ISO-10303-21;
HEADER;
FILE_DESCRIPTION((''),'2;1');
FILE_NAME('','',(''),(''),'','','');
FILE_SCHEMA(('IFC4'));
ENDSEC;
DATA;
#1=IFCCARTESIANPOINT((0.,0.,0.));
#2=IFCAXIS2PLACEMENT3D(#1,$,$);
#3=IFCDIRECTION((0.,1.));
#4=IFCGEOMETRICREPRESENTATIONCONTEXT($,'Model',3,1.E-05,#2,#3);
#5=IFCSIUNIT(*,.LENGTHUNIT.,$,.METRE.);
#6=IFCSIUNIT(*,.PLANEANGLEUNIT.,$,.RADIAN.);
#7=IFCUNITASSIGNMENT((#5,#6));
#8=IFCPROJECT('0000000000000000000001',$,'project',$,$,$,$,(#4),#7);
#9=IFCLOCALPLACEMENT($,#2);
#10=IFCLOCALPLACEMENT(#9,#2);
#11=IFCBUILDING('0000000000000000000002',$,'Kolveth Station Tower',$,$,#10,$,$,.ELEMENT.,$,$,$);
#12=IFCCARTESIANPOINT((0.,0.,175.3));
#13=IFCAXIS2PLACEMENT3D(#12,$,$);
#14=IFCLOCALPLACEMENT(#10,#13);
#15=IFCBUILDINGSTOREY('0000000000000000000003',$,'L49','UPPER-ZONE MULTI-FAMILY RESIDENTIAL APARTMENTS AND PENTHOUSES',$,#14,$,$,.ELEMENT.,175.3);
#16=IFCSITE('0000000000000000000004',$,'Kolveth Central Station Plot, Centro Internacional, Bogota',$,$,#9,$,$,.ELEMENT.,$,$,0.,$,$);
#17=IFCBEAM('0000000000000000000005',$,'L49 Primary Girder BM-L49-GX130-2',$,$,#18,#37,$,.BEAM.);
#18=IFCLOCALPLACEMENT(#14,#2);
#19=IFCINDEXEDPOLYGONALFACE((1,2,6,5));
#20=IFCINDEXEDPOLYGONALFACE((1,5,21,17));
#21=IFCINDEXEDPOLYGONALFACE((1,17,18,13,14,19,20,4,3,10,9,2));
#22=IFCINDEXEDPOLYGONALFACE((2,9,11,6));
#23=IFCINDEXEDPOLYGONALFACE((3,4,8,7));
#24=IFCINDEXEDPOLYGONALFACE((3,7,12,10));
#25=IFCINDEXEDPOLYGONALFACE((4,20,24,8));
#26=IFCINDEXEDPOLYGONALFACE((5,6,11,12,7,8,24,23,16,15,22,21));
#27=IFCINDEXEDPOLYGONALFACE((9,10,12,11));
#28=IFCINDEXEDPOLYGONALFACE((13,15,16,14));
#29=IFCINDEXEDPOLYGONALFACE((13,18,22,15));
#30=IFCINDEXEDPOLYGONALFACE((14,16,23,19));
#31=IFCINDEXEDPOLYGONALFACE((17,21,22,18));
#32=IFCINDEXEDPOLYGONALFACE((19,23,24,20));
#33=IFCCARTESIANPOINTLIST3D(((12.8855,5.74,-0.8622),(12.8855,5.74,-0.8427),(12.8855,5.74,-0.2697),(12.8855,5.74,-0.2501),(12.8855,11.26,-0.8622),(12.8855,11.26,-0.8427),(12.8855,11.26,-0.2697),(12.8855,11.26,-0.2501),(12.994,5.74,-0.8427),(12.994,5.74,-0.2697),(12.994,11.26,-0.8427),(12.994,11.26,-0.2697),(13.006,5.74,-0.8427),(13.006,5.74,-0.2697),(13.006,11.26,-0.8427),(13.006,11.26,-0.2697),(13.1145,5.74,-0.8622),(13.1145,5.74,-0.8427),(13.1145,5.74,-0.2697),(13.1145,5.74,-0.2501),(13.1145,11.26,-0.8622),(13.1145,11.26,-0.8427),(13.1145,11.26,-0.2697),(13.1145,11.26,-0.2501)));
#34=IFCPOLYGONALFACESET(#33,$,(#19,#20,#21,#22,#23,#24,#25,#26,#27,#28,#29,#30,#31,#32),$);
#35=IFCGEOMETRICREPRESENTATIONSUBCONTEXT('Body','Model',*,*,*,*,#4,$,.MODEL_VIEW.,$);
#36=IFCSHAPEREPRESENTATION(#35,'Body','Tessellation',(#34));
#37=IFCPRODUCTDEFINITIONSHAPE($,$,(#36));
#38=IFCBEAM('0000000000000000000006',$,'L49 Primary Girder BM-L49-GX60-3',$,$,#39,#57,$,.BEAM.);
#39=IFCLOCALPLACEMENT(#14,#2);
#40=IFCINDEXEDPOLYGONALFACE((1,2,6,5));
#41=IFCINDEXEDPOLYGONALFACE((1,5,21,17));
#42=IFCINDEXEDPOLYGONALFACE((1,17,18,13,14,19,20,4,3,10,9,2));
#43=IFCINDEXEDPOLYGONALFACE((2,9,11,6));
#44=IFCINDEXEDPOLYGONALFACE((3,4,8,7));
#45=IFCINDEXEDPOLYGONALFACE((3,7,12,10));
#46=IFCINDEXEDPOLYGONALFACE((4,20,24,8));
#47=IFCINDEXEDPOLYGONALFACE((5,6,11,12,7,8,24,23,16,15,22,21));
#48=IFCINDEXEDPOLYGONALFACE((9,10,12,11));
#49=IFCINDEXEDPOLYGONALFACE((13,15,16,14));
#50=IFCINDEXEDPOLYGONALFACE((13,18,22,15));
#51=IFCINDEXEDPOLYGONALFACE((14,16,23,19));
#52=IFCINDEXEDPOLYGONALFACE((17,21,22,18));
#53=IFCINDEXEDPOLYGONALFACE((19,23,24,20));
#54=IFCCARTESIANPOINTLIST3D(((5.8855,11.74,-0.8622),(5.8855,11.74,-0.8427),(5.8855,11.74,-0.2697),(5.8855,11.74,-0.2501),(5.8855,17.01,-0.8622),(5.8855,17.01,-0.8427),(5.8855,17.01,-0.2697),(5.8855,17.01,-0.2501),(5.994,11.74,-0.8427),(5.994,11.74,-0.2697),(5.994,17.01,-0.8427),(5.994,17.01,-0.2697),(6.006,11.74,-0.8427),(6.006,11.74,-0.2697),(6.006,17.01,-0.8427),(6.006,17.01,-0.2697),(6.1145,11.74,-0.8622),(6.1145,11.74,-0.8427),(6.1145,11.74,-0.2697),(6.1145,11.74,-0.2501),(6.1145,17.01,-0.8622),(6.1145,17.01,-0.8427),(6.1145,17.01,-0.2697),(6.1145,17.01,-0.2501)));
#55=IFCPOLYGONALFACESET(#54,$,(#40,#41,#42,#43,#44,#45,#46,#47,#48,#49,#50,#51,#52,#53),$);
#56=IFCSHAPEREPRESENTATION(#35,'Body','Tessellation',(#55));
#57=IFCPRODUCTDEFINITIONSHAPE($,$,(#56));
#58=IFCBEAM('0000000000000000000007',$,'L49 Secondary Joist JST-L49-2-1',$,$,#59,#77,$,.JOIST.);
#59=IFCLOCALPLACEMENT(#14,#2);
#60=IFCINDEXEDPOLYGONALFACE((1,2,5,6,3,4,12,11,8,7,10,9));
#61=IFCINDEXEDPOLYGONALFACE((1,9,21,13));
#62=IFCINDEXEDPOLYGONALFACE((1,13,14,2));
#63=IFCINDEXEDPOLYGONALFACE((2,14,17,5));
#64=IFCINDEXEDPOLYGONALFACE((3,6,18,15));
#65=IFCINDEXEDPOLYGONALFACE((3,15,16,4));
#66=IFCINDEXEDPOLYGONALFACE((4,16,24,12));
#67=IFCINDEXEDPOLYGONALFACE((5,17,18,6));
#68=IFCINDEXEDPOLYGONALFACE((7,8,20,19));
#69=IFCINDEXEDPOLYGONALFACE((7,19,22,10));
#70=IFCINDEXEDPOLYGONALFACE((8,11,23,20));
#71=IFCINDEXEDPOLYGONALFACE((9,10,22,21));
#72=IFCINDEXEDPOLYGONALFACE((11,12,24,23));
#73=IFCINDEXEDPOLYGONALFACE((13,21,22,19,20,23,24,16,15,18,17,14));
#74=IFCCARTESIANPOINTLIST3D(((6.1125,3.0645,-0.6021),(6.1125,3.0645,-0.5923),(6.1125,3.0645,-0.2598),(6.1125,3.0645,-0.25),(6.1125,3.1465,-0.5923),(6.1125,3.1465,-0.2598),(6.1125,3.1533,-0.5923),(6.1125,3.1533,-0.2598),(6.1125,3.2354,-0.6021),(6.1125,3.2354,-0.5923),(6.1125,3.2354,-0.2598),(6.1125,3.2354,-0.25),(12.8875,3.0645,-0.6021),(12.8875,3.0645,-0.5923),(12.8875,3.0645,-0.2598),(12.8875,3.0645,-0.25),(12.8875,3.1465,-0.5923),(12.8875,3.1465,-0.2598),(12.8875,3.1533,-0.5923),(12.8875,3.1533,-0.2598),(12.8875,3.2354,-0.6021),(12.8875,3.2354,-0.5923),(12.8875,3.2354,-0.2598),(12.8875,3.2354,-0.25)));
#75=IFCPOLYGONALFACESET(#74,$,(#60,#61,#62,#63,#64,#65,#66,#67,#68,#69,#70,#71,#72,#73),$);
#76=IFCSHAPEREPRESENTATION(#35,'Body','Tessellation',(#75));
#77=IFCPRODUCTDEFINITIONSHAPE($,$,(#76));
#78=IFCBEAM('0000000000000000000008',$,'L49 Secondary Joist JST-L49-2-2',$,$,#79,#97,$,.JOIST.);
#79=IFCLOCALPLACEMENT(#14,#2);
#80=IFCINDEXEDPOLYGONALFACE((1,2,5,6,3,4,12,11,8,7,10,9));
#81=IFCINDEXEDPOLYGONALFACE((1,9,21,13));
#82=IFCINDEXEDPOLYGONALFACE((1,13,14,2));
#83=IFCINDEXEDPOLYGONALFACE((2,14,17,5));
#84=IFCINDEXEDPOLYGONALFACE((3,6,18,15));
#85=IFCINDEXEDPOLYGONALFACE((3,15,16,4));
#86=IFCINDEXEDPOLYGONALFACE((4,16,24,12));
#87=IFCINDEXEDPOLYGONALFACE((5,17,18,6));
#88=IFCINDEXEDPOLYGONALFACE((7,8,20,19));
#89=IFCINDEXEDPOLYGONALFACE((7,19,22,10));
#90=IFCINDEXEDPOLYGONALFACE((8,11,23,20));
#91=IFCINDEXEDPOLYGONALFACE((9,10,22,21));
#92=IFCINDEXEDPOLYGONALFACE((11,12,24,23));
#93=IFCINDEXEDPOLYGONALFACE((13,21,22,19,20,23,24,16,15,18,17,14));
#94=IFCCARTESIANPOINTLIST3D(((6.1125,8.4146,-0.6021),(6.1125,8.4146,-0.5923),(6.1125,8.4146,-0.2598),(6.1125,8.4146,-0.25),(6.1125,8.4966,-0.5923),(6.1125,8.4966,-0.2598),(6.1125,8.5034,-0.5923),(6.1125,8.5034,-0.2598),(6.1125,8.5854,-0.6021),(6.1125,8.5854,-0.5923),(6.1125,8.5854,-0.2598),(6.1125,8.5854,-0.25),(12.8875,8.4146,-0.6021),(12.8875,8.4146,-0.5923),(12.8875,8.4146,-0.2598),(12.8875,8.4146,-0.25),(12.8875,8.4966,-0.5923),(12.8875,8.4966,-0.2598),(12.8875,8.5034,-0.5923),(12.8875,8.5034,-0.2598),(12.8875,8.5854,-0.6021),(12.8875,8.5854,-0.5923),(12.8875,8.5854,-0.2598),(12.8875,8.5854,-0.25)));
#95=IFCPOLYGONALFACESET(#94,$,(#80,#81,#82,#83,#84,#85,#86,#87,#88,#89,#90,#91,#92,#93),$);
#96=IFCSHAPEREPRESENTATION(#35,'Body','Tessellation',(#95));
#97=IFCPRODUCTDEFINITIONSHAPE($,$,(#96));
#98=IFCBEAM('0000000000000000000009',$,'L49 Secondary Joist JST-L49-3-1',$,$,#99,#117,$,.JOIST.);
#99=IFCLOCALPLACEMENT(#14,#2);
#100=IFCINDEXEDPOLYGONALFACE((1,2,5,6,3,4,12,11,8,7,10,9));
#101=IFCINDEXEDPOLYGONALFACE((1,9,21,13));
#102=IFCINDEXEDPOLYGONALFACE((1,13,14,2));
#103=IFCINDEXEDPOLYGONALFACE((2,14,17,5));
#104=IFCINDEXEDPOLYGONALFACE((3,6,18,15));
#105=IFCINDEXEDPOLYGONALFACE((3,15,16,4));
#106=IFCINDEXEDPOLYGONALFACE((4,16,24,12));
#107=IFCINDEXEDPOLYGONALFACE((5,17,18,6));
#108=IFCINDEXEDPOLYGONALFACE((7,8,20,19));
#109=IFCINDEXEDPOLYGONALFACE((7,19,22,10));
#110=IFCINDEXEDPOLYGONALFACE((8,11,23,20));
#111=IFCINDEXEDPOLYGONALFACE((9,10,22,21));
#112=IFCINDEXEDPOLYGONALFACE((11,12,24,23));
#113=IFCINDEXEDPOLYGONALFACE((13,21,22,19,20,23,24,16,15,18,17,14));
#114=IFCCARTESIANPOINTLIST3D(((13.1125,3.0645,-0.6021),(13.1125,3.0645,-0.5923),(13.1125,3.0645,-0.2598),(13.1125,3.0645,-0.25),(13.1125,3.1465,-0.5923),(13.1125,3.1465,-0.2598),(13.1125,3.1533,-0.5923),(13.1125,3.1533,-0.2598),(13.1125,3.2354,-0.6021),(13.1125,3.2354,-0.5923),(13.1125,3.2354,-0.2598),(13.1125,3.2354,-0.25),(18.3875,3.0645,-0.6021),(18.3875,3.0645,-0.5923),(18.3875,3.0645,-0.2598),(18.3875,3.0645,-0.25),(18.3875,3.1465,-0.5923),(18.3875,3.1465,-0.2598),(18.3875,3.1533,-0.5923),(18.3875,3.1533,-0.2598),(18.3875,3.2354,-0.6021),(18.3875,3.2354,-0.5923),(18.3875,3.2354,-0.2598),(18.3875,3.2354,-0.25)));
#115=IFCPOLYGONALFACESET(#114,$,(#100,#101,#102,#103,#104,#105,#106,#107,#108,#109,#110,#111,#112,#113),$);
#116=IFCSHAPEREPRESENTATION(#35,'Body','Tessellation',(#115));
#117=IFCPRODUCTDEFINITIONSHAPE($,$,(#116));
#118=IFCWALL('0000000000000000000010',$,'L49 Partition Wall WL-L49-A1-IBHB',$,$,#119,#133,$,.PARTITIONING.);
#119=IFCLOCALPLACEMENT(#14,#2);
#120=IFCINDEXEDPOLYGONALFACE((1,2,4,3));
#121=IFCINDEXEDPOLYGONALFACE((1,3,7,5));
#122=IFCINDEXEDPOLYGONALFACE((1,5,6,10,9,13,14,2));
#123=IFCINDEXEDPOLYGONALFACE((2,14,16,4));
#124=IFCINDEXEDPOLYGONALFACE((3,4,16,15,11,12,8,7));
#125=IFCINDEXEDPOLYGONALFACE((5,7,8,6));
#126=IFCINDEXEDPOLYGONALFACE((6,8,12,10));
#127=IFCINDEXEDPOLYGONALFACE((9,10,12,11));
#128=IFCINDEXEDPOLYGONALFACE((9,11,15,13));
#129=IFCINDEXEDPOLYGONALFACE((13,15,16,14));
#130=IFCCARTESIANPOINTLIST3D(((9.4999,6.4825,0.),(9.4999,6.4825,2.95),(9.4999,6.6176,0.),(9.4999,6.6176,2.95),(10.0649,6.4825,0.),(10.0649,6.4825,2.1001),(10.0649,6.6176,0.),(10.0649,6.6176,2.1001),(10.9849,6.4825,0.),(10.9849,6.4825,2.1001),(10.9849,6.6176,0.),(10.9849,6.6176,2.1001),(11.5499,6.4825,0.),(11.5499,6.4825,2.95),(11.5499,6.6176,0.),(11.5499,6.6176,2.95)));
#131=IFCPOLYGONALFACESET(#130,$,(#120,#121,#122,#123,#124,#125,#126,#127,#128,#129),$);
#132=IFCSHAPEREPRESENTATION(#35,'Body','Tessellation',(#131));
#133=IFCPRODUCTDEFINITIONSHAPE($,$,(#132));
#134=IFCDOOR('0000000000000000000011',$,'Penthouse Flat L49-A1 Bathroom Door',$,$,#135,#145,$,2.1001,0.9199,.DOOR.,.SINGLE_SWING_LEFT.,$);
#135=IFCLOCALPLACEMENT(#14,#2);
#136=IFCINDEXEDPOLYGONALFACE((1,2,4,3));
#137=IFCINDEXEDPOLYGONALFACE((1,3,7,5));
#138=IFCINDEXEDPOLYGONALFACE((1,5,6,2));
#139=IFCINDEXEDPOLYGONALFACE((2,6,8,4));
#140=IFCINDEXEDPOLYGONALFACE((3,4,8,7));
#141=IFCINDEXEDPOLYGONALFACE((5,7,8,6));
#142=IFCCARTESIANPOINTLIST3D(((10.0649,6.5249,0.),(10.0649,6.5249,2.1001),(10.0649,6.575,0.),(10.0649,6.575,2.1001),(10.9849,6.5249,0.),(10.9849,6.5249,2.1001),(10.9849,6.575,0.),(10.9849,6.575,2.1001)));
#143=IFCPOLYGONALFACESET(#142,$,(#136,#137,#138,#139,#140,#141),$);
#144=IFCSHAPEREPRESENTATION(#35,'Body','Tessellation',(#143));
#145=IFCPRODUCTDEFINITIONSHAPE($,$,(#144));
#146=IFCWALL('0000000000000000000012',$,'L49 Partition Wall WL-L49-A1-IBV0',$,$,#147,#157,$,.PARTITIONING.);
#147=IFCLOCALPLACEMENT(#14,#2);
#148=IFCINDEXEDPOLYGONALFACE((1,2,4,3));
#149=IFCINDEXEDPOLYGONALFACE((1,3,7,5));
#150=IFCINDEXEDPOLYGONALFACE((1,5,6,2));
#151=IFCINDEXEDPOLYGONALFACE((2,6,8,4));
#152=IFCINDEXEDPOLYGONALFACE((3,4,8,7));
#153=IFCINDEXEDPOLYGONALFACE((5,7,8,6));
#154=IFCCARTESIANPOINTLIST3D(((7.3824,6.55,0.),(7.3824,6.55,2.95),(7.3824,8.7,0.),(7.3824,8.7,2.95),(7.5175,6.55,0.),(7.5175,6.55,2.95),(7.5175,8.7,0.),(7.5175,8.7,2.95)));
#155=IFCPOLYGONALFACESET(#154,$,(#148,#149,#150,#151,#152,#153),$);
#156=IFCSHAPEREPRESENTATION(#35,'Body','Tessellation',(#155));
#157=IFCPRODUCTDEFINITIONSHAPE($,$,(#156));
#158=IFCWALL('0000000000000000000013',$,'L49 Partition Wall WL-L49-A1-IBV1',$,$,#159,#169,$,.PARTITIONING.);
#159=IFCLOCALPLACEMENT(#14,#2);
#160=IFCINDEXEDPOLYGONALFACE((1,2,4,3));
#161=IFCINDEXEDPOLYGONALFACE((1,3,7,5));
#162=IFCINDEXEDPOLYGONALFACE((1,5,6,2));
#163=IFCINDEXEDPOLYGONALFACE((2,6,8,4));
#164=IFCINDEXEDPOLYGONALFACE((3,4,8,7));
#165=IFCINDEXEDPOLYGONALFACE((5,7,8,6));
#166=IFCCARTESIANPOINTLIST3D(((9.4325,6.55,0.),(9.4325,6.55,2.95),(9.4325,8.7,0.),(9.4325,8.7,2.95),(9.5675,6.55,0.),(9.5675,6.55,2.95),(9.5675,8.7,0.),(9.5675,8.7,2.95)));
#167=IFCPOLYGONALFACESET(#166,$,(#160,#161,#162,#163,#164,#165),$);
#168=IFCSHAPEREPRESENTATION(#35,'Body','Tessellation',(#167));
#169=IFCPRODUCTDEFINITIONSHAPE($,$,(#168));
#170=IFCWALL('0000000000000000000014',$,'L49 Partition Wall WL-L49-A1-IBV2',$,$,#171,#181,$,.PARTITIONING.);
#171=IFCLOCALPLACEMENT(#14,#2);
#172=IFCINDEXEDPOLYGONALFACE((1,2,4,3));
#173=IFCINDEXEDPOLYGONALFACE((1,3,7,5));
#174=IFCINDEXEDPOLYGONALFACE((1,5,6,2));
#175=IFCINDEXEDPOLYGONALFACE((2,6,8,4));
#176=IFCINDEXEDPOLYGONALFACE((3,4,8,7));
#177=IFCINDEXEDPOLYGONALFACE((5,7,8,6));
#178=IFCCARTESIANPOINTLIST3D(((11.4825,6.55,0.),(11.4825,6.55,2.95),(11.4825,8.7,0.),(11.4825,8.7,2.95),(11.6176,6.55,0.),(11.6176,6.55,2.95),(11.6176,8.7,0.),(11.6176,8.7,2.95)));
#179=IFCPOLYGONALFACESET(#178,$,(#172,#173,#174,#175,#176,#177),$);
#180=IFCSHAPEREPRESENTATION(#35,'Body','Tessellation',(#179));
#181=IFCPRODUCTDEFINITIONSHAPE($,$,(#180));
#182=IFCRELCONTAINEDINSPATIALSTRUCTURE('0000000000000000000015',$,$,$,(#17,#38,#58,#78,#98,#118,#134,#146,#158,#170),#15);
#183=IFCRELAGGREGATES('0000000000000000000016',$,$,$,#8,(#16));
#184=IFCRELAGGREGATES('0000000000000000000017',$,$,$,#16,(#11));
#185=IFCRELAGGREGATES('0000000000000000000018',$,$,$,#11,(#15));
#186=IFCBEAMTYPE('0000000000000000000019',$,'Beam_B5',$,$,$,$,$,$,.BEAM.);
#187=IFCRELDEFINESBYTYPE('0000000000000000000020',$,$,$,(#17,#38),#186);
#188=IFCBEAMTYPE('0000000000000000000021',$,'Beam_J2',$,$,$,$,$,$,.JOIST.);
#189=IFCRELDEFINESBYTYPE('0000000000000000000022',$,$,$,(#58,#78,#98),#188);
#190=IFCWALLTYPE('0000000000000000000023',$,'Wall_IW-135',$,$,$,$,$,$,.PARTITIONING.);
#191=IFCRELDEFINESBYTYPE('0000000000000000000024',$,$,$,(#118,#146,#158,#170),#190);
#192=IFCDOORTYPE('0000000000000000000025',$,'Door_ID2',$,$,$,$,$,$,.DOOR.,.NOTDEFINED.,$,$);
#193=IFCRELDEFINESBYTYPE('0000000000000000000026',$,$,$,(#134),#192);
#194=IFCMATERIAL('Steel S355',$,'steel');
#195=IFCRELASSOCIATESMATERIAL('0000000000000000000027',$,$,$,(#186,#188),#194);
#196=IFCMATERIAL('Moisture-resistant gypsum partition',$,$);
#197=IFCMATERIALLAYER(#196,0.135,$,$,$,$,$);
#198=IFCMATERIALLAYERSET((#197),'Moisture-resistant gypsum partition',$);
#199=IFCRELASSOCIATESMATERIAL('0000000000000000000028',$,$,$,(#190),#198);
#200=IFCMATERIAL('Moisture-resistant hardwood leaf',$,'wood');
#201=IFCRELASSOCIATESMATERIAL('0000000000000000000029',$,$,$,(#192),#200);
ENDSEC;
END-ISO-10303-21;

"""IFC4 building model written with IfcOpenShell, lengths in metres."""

from ifc_helpers import new_model, si_unit, direction, frame, frame_2d, origin, origin_2d, place, context, subcontext, project, spatial, rectangle, i_section, extrude, source, transform, mapped, material, layer, layer_set, material_profile, profile_set, type_object, element, fill, save


model = new_model("IFC4")

# Units and contexts
model_context = context("Model", 3, precision=1e-05, world=origin(), true_north=direction((0.0, 1.0)))
body_context = subcontext(model_context, "Body", "Model", "MODEL_VIEW")
ifc_project = project(units=[si_unit("LENGTHUNIT", "METRE"), si_unit("PLANEANGLEUNIT", "RADIAN")], contexts=[model_context])

# Site, building, storey
site_placement = place(None, origin())
site = spatial("IfcSite", under=ifc_project, at=site_placement, Name="Kolveth Central Station Plot, Centro Internacional, Bogota", CompositionType="ELEMENT", RefElevation=0.0)
building_placement = place(site_placement, origin())
building = spatial("IfcBuilding", under=site, at=building_placement, Name="Kolveth Station Tower", CompositionType="ELEMENT")
storey_placement = place(building_placement, frame((0.0, 0.0, 175.3)))
storey = spatial("IfcBuildingStorey", under=building, at=storey_placement, Name="L49", Description="UPPER-ZONE MULTI-FAMILY RESIDENTIAL APARTMENTS AND PENTHOUSES", CompositionType="ELEMENT", Elevation=175.3)

# Shared definitions
ifc_material_1 = material(Name="Steel S355", Category="steel")

# Beams
ifc_material_profile_1 = material_profile(ifc_material_1, i_section(OverallWidth=0.229, OverallDepth=0.6121, WebThickness=0.012, FlangeThickness=0.0195, at=origin_2d()), Name="W610x125")
ifc_profile_set_1 = profile_set([ifc_material_profile_1], Name="Steel S355")
beam_type_1 = type_object("IfcBeamType", Name="Beam_B5", PredefinedType="BEAM", material=ifc_profile_set_1)
shared_shape_1 = source(origin(), body_context, "Body", "SweptSolid", [
    extrude(i_section(OverallWidth=0.229, OverallDepth=0.6121, WebThickness=0.012, FlangeThickness=0.0195, at=origin_2d()), origin(), (0.0, 0.0, 1.0), 5.52),
])
for number, where, z_axis, x_axis, name in (
    (1, (13.0, 5.74, -0.5562), (0.0, 1.0, 0.0), (-1.0, 0.0, 0.0), "L49 Primary Girder BM-L49-GX130-2"),
):
    element("IfcBeam", number, at=place(storey_placement, frame(where, z_axis=z_axis, x_axis=x_axis)), inside=storey, type_object=beam_type_1, Name=name, PredefinedType="BEAM", context=body_context, shape_type="MappedRepresentation", body=[
        mapped(shared_shape_1, transform((0.0, 0.0, 0.0), x_axis=(1.0, 0.0, 0.0), y_axis=(0.0, 1.0, 0.0), z_axis=(0.0, 0.0, 1.0), scale=1.0)),
    ])
shared_shape_2 = source(origin(), body_context, "Body", "SweptSolid", [
    extrude(i_section(OverallWidth=0.229, OverallDepth=0.6121, WebThickness=0.012, FlangeThickness=0.0195, at=origin_2d()), origin(), (0.0, 0.0, 1.0), 5.27),
])
beam_1_placement = place(storey_placement, frame((6.0, 11.74, -0.5562), z_axis=(0.0, 1.0, 0.0), x_axis=(-1.0, 0.0, 0.0)))
element("IfcBeam", 2, at=beam_1_placement, inside=storey, type_object=beam_type_1, Name="L49 Primary Girder BM-L49-GX60-3", PredefinedType="BEAM", context=body_context, shape_type="MappedRepresentation", body=[
    mapped(shared_shape_2, transform((0.0, 0.0, 0.0), x_axis=(1.0, 0.0, 0.0), y_axis=(0.0, 1.0, 0.0), z_axis=(0.0, 0.0, 1.0), scale=1.0)),
])
ifc_material_profile_2 = material_profile(ifc_material_1, i_section(OverallWidth=0.1709, OverallDepth=0.3521, WebThickness=0.0068, FlangeThickness=0.0098, at=origin_2d()), Name="W360x44")
ifc_profile_set_2 = profile_set([ifc_material_profile_2], Name="Steel S355")
beam_type_2 = type_object("IfcBeamType", Name="Beam_J2", PredefinedType="JOIST", material=ifc_profile_set_2)
shared_shape_3 = source(origin(), body_context, "Body", "SweptSolid", [
    extrude(i_section(OverallWidth=0.1709, OverallDepth=0.3521, WebThickness=0.0068, FlangeThickness=0.0098, at=origin_2d()), origin(), (0.0, 0.0, 1.0), 6.7749),
])
for number, where, z_axis, x_axis, name in (
    (3, (6.1125, 3.1499, -0.426), (1.0, 0.0, 0.0), (0.0, 1.0, 0.0), "L49 Secondary Joist JST-L49-2-1"),
    (4, (6.1125, 8.5, -0.426), (1.0, 0.0, 0.0), (0.0, 1.0, 0.0), "L49 Secondary Joist JST-L49-2-2"),
):
    element("IfcBeam", number, at=place(storey_placement, frame(where, z_axis=z_axis, x_axis=x_axis)), inside=storey, type_object=beam_type_2, Name=name, PredefinedType="JOIST", context=body_context, shape_type="MappedRepresentation", body=[
        mapped(shared_shape_3, transform((0.0, 0.0, 0.0), x_axis=(1.0, 0.0, 0.0), y_axis=(0.0, 1.0, 0.0), z_axis=(0.0, 0.0, 1.0), scale=1.0)),
    ])
shared_shape_4 = source(origin(), body_context, "Body", "SweptSolid", [
    extrude(i_section(OverallWidth=0.1709, OverallDepth=0.3521, WebThickness=0.0068, FlangeThickness=0.0098, at=origin_2d()), origin(), (0.0, 0.0, 1.0), 5.2749),
])
beam_2_placement = place(storey_placement, frame((13.1125, 3.1499, -0.426), z_axis=(1.0, 0.0, 0.0), x_axis=(0.0, 1.0, 0.0)))
element("IfcBeam", 5, at=beam_2_placement, inside=storey, type_object=beam_type_2, Name="L49 Secondary Joist JST-L49-3-1", PredefinedType="JOIST", context=body_context, shape_type="MappedRepresentation", body=[
    mapped(shared_shape_4, transform((0.0, 0.0, 0.0), x_axis=(1.0, 0.0, 0.0), y_axis=(0.0, 1.0, 0.0), z_axis=(0.0, 0.0, 1.0), scale=1.0)),
])

# Wall, opening, door
ifc_material_2 = material(Name="Moisture-resistant gypsum partition")
ifc_layer_1 = layer(ifc_material_2, 0.135)
ifc_layer_set_1 = layer_set([ifc_layer_1], Name="Moisture-resistant gypsum partition")
wall_type_1 = type_object("IfcWallType", Name="Wall_IW-135", PredefinedType="PARTITIONING", material=ifc_layer_set_1)
wall_1_placement = place(storey_placement, frame((9.5, 6.55, 0.0), z_axis=(0.0, 0.0, 1.0), x_axis=(1.0, 0.0, 0.0)))
wall_1 = element("IfcWall", 6, at=wall_1_placement, inside=storey, type_object=wall_type_1, Name="L49 Partition Wall WL-L49-A1-IBHB", PredefinedType="PARTITIONING", context=body_context, shape_type="SweptSolid", body=[
    extrude(rectangle(XDim=2.05, YDim=0.135, at=frame_2d((1.0249, 0.0))), origin(), (0.0, 0.0, 1.0), 2.95),
])
opening_1_placement = place(wall_1_placement, frame((0.5649, 0.0, 0.0)))
opening_1 = element("IfcOpeningElement", 7, at=opening_1_placement, cuts=wall_1, PredefinedType="OPENING", context=body_context, shape_type="SweptSolid", body=[
    extrude(rectangle(XDim=0.9199, YDim=2.1001, at=frame_2d((0.46, 1.05))), frame((0.0, 0.0774, 0.0), z_axis=(0.0, -1.0, 0.0), x_axis=(1.0, 0.0, 0.0)), (0.0, 0.0, 1.0), 0.155),
])
ifc_material_3 = material(Name="Moisture-resistant hardwood leaf", Category="wood")
door_type_1 = type_object("IfcDoorType", Name="Door_ID2", OperationType="NOTDEFINED", PredefinedType="DOOR", material=ifc_material_3)
door_1_placement = place(opening_1_placement, origin())
door_1 = element("IfcDoor", 8, at=door_1_placement, inside=storey, type_object=door_type_1, Name="Penthouse Flat L49-A1 Bathroom Door", OperationType="SINGLE_SWING_LEFT", OverallHeight=2.1001, OverallWidth=0.9199, PredefinedType="DOOR", context=body_context, shape_type="SweptSolid", body=[
    extrude(rectangle(XDim=0.9199, YDim=2.1001, at=frame_2d((0.46, 1.05))), frame((0.0, 0.0249, 0.0), z_axis=(0.0, -1.0, 0.0), x_axis=(1.0, 0.0, 0.0)), (0.0, 0.0, 1.0), 0.05),
])
fill(opening_1, door_1)

# Walls
for number, where, z_axis, x_axis, name in (
    (9, (7.45, 6.55, 0.0), (0.0, 0.0, 1.0), (0.0, 1.0, 0.0), "L49 Partition Wall WL-L49-A1-IBV0"),
    (10, (9.5, 6.55, 0.0), (0.0, 0.0, 1.0), (0.0, 1.0, 0.0), "L49 Partition Wall WL-L49-A1-IBV1"),
    (11, (11.55, 6.55, 0.0), (0.0, 0.0, 1.0), (0.0, 1.0, 0.0), "L49 Partition Wall WL-L49-A1-IBV2"),
):
    element("IfcWall", number, at=place(storey_placement, frame(where, z_axis=z_axis, x_axis=x_axis)), inside=storey, type_object=wall_type_1, Name=name, PredefinedType="PARTITIONING", context=body_context, shape_type="SweptSolid", body=[
        extrude(rectangle(XDim=2.1499, YDim=0.135, at=frame_2d((1.075, 0.0))), origin(), (0.0, 0.0, 1.0), 2.95),
    ])

save(model, "model.ifc")
